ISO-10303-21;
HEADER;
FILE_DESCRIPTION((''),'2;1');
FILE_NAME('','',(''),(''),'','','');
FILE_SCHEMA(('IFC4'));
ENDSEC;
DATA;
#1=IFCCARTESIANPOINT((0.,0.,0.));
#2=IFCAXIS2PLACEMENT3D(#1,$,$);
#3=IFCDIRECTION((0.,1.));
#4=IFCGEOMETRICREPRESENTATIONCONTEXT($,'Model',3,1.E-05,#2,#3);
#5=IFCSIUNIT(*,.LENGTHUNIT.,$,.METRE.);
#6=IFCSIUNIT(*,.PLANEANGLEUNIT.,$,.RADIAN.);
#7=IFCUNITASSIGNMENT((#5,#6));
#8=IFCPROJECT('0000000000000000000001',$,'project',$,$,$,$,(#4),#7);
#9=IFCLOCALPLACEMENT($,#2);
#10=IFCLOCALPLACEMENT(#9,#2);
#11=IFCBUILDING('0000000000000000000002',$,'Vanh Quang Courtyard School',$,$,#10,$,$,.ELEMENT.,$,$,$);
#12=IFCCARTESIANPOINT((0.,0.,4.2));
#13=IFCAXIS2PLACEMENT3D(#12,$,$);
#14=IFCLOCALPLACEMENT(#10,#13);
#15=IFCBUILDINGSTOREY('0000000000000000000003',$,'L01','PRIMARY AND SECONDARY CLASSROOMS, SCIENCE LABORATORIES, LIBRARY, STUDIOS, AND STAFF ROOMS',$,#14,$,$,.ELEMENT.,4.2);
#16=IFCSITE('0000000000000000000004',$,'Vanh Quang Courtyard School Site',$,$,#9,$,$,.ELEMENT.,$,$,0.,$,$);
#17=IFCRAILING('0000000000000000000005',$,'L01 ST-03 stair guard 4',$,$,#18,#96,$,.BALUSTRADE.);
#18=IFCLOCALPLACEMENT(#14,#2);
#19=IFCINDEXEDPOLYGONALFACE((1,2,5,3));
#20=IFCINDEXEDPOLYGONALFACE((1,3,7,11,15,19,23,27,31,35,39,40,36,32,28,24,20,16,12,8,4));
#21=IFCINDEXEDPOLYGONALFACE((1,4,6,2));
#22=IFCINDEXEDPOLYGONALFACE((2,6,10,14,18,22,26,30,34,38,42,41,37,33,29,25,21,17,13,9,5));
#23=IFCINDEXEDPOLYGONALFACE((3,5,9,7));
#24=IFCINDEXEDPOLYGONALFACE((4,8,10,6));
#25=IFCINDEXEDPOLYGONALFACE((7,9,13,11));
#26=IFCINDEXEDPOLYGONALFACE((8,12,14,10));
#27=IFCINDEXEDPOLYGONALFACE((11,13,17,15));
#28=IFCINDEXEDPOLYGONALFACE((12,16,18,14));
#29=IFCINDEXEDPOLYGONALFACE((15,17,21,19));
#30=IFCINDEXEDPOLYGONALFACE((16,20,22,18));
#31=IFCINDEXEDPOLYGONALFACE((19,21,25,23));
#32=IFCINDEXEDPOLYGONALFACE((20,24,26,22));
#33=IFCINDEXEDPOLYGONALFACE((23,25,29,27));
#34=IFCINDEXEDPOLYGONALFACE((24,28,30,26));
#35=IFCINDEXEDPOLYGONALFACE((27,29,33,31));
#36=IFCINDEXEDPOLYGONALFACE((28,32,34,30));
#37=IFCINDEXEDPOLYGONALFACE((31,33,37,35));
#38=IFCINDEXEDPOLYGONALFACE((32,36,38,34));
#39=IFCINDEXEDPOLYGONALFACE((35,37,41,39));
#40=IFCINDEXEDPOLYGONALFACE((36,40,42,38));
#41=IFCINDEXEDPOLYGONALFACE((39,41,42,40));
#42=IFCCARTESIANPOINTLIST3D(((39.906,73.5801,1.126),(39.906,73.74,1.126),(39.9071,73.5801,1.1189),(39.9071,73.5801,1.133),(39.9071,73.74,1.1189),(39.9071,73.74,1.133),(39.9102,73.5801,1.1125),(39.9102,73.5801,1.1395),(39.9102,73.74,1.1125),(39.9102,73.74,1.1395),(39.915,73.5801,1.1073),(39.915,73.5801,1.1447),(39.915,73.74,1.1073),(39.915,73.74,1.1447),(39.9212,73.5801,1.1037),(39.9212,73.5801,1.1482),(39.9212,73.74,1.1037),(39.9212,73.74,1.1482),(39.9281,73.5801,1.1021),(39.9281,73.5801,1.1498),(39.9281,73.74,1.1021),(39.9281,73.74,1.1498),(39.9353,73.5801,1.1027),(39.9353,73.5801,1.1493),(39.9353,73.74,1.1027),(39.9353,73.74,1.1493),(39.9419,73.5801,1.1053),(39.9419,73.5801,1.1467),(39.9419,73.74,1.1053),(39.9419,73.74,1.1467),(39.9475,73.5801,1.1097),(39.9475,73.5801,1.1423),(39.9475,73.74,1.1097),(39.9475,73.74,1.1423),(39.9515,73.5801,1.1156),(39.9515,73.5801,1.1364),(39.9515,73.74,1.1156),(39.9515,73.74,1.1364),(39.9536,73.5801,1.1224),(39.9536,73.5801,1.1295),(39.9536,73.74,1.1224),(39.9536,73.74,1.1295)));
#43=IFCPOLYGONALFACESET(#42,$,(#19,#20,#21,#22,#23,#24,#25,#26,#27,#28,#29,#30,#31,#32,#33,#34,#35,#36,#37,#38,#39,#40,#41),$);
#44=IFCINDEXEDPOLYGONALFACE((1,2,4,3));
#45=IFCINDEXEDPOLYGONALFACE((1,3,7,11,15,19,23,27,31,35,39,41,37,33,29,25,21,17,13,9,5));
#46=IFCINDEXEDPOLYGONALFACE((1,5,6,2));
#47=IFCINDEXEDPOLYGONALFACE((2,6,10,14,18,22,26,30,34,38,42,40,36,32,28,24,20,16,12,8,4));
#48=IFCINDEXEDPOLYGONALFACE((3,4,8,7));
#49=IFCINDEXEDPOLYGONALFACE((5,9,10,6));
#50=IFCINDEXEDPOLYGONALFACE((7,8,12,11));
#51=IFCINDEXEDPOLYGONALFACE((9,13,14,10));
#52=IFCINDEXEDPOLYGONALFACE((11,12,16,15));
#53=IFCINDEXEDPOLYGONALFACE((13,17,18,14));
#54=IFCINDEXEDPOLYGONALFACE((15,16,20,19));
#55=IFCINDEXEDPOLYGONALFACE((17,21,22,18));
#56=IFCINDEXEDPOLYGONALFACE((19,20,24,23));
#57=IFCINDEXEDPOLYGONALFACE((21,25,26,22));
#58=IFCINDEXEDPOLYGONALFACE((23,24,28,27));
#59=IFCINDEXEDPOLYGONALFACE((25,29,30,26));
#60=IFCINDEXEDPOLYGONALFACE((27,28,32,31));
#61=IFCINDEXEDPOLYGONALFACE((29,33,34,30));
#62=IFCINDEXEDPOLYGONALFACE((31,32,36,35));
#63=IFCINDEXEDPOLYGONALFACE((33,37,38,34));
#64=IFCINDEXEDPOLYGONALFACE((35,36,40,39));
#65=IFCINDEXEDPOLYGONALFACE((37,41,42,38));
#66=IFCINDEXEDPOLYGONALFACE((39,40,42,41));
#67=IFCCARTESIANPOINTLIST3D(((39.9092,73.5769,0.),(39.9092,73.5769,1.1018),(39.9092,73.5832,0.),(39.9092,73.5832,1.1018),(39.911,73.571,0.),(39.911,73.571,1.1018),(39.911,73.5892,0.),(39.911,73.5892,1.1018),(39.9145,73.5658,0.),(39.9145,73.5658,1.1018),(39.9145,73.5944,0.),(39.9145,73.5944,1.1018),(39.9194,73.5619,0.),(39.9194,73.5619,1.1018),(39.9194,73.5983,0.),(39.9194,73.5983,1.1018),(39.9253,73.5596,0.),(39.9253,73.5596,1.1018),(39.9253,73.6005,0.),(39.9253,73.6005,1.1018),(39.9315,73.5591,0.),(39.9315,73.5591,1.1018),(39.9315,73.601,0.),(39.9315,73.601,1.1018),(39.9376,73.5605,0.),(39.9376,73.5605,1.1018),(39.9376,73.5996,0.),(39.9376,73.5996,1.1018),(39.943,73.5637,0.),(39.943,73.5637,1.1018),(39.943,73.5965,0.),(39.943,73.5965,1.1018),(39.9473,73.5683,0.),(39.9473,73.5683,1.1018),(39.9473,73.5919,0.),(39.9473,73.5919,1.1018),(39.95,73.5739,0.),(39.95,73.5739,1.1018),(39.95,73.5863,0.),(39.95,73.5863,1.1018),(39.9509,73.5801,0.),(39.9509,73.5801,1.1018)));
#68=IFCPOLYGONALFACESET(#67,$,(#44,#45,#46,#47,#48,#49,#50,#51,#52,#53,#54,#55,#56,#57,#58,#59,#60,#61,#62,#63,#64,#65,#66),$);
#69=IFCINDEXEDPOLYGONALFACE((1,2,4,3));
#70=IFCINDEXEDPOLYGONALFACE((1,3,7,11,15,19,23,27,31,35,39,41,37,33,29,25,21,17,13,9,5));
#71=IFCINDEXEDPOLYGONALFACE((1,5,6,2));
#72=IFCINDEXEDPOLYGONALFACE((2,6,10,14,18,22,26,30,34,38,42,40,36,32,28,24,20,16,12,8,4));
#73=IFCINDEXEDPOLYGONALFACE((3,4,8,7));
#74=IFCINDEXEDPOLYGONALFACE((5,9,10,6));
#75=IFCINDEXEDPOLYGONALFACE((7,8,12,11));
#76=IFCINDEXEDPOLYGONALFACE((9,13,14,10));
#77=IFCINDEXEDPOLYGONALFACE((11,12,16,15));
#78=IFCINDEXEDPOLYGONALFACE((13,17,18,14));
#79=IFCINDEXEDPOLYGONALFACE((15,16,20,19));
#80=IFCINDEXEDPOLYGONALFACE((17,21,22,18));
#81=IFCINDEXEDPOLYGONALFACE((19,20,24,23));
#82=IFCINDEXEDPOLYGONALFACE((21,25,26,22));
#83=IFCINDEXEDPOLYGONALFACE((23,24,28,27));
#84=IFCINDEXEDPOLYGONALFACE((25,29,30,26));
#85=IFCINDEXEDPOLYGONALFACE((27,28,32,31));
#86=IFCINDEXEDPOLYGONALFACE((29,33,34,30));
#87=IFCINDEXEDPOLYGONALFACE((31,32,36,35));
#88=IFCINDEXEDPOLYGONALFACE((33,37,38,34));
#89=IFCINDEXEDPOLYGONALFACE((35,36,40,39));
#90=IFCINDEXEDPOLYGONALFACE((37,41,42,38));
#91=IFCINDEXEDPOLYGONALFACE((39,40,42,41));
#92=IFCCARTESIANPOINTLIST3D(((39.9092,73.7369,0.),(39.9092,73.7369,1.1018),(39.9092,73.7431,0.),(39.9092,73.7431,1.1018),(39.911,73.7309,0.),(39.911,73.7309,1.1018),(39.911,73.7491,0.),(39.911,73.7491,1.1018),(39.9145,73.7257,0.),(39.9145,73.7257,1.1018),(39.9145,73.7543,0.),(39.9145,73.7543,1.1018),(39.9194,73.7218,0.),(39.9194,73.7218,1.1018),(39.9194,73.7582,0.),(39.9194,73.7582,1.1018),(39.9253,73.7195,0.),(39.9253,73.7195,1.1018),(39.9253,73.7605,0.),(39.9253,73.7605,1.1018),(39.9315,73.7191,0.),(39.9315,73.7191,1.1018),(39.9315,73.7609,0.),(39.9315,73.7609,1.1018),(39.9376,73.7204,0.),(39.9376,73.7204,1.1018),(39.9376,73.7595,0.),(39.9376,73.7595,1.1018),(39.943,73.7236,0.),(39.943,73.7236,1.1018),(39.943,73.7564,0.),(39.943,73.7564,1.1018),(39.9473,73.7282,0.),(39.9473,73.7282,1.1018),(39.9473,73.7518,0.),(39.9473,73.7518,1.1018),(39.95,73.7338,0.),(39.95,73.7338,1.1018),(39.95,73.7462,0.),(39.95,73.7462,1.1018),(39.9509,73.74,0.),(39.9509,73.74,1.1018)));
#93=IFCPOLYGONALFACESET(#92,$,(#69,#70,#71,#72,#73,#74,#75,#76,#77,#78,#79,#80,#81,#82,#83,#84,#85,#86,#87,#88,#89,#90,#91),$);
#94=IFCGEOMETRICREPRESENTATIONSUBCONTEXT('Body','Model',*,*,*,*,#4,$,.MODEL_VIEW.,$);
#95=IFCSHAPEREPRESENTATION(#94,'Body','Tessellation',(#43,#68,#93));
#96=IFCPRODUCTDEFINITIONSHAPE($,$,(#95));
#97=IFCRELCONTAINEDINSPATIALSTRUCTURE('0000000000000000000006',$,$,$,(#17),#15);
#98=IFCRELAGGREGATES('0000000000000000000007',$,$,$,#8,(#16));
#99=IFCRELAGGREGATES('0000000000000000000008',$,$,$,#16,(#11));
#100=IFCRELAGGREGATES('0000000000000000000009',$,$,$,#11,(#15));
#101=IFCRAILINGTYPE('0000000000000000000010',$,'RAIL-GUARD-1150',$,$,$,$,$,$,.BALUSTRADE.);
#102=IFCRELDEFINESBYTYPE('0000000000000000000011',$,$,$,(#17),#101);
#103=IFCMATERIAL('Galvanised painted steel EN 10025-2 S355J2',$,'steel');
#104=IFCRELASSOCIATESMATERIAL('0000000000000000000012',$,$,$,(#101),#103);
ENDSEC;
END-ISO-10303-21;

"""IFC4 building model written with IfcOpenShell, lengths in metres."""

from ifc_helpers import new_model, si_unit, direction, frame, origin, origin_2d, place, context, subcontext, project, spatial, circle, extrude, material, type_object, element, save


model = new_model("IFC4")

# Units and contexts
model_context = context("Model", 3, precision=1e-05, world=origin(), true_north=direction((0.0, 1.0)))
body_context = subcontext(model_context, "Body", "Model", "MODEL_VIEW")
ifc_project = project(units=[si_unit("LENGTHUNIT", "METRE"), si_unit("PLANEANGLEUNIT", "RADIAN")], contexts=[model_context])

# Site, building, storey
site_placement = place(None, origin())
site = spatial("IfcSite", under=ifc_project, at=site_placement, Name="Vanh Quang Courtyard School Site", CompositionType="ELEMENT", RefElevation=0.0)
building_placement = place(site_placement, origin())
building = spatial("IfcBuilding", under=site, at=building_placement, Name="Vanh Quang Courtyard School", CompositionType="ELEMENT")
storey_placement = place(building_placement, frame((0.0, 0.0, 4.2)))
storey = spatial("IfcBuildingStorey", under=building, at=storey_placement, Name="L01", Description="PRIMARY AND SECONDARY CLASSROOMS, SCIENCE LABORATORIES, LIBRARY, STUDIOS, AND STAFF ROOMS", CompositionType="ELEMENT", Elevation=4.2)

# Railing
ifc_material_1 = material(Name="Galvanised painted steel EN 10025-2 S355J2", Category="steel")
railing_type_1 = type_object("IfcRailingType", Name="RAIL-GUARD-1150", PredefinedType="BALUSTRADE", material=ifc_material_1)
railing_1_placement = place(storey_placement, frame((39.9299, 73.5801, 0.0)))
element("IfcRailing", 1, at=railing_1_placement, inside=storey, type_object=railing_type_1, Name="L01 ST-03 stair guard 4", PredefinedType="BALUSTRADE", context=body_context, shape_type="SweptSolid", body=[
    extrude(circle(Radius=0.0239, at=origin_2d()), frame((0.0, 0.0, 1.126), z_axis=(0.0, 1.0, 0.0), x_axis=(-1.0, 0.0, 0.0)), (0.0, 0.0, 1.0), 0.1599),
    extrude(circle(Radius=0.021, at=origin_2d()), origin(), (0.0, 0.0, 1.0), 1.1018),
    extrude(circle(Radius=0.021, at=origin_2d()), frame((0.0, 0.1599, 0.0)), (0.0, 0.0, 1.0), 1.1018),
])

save(model, "model.ifc")
